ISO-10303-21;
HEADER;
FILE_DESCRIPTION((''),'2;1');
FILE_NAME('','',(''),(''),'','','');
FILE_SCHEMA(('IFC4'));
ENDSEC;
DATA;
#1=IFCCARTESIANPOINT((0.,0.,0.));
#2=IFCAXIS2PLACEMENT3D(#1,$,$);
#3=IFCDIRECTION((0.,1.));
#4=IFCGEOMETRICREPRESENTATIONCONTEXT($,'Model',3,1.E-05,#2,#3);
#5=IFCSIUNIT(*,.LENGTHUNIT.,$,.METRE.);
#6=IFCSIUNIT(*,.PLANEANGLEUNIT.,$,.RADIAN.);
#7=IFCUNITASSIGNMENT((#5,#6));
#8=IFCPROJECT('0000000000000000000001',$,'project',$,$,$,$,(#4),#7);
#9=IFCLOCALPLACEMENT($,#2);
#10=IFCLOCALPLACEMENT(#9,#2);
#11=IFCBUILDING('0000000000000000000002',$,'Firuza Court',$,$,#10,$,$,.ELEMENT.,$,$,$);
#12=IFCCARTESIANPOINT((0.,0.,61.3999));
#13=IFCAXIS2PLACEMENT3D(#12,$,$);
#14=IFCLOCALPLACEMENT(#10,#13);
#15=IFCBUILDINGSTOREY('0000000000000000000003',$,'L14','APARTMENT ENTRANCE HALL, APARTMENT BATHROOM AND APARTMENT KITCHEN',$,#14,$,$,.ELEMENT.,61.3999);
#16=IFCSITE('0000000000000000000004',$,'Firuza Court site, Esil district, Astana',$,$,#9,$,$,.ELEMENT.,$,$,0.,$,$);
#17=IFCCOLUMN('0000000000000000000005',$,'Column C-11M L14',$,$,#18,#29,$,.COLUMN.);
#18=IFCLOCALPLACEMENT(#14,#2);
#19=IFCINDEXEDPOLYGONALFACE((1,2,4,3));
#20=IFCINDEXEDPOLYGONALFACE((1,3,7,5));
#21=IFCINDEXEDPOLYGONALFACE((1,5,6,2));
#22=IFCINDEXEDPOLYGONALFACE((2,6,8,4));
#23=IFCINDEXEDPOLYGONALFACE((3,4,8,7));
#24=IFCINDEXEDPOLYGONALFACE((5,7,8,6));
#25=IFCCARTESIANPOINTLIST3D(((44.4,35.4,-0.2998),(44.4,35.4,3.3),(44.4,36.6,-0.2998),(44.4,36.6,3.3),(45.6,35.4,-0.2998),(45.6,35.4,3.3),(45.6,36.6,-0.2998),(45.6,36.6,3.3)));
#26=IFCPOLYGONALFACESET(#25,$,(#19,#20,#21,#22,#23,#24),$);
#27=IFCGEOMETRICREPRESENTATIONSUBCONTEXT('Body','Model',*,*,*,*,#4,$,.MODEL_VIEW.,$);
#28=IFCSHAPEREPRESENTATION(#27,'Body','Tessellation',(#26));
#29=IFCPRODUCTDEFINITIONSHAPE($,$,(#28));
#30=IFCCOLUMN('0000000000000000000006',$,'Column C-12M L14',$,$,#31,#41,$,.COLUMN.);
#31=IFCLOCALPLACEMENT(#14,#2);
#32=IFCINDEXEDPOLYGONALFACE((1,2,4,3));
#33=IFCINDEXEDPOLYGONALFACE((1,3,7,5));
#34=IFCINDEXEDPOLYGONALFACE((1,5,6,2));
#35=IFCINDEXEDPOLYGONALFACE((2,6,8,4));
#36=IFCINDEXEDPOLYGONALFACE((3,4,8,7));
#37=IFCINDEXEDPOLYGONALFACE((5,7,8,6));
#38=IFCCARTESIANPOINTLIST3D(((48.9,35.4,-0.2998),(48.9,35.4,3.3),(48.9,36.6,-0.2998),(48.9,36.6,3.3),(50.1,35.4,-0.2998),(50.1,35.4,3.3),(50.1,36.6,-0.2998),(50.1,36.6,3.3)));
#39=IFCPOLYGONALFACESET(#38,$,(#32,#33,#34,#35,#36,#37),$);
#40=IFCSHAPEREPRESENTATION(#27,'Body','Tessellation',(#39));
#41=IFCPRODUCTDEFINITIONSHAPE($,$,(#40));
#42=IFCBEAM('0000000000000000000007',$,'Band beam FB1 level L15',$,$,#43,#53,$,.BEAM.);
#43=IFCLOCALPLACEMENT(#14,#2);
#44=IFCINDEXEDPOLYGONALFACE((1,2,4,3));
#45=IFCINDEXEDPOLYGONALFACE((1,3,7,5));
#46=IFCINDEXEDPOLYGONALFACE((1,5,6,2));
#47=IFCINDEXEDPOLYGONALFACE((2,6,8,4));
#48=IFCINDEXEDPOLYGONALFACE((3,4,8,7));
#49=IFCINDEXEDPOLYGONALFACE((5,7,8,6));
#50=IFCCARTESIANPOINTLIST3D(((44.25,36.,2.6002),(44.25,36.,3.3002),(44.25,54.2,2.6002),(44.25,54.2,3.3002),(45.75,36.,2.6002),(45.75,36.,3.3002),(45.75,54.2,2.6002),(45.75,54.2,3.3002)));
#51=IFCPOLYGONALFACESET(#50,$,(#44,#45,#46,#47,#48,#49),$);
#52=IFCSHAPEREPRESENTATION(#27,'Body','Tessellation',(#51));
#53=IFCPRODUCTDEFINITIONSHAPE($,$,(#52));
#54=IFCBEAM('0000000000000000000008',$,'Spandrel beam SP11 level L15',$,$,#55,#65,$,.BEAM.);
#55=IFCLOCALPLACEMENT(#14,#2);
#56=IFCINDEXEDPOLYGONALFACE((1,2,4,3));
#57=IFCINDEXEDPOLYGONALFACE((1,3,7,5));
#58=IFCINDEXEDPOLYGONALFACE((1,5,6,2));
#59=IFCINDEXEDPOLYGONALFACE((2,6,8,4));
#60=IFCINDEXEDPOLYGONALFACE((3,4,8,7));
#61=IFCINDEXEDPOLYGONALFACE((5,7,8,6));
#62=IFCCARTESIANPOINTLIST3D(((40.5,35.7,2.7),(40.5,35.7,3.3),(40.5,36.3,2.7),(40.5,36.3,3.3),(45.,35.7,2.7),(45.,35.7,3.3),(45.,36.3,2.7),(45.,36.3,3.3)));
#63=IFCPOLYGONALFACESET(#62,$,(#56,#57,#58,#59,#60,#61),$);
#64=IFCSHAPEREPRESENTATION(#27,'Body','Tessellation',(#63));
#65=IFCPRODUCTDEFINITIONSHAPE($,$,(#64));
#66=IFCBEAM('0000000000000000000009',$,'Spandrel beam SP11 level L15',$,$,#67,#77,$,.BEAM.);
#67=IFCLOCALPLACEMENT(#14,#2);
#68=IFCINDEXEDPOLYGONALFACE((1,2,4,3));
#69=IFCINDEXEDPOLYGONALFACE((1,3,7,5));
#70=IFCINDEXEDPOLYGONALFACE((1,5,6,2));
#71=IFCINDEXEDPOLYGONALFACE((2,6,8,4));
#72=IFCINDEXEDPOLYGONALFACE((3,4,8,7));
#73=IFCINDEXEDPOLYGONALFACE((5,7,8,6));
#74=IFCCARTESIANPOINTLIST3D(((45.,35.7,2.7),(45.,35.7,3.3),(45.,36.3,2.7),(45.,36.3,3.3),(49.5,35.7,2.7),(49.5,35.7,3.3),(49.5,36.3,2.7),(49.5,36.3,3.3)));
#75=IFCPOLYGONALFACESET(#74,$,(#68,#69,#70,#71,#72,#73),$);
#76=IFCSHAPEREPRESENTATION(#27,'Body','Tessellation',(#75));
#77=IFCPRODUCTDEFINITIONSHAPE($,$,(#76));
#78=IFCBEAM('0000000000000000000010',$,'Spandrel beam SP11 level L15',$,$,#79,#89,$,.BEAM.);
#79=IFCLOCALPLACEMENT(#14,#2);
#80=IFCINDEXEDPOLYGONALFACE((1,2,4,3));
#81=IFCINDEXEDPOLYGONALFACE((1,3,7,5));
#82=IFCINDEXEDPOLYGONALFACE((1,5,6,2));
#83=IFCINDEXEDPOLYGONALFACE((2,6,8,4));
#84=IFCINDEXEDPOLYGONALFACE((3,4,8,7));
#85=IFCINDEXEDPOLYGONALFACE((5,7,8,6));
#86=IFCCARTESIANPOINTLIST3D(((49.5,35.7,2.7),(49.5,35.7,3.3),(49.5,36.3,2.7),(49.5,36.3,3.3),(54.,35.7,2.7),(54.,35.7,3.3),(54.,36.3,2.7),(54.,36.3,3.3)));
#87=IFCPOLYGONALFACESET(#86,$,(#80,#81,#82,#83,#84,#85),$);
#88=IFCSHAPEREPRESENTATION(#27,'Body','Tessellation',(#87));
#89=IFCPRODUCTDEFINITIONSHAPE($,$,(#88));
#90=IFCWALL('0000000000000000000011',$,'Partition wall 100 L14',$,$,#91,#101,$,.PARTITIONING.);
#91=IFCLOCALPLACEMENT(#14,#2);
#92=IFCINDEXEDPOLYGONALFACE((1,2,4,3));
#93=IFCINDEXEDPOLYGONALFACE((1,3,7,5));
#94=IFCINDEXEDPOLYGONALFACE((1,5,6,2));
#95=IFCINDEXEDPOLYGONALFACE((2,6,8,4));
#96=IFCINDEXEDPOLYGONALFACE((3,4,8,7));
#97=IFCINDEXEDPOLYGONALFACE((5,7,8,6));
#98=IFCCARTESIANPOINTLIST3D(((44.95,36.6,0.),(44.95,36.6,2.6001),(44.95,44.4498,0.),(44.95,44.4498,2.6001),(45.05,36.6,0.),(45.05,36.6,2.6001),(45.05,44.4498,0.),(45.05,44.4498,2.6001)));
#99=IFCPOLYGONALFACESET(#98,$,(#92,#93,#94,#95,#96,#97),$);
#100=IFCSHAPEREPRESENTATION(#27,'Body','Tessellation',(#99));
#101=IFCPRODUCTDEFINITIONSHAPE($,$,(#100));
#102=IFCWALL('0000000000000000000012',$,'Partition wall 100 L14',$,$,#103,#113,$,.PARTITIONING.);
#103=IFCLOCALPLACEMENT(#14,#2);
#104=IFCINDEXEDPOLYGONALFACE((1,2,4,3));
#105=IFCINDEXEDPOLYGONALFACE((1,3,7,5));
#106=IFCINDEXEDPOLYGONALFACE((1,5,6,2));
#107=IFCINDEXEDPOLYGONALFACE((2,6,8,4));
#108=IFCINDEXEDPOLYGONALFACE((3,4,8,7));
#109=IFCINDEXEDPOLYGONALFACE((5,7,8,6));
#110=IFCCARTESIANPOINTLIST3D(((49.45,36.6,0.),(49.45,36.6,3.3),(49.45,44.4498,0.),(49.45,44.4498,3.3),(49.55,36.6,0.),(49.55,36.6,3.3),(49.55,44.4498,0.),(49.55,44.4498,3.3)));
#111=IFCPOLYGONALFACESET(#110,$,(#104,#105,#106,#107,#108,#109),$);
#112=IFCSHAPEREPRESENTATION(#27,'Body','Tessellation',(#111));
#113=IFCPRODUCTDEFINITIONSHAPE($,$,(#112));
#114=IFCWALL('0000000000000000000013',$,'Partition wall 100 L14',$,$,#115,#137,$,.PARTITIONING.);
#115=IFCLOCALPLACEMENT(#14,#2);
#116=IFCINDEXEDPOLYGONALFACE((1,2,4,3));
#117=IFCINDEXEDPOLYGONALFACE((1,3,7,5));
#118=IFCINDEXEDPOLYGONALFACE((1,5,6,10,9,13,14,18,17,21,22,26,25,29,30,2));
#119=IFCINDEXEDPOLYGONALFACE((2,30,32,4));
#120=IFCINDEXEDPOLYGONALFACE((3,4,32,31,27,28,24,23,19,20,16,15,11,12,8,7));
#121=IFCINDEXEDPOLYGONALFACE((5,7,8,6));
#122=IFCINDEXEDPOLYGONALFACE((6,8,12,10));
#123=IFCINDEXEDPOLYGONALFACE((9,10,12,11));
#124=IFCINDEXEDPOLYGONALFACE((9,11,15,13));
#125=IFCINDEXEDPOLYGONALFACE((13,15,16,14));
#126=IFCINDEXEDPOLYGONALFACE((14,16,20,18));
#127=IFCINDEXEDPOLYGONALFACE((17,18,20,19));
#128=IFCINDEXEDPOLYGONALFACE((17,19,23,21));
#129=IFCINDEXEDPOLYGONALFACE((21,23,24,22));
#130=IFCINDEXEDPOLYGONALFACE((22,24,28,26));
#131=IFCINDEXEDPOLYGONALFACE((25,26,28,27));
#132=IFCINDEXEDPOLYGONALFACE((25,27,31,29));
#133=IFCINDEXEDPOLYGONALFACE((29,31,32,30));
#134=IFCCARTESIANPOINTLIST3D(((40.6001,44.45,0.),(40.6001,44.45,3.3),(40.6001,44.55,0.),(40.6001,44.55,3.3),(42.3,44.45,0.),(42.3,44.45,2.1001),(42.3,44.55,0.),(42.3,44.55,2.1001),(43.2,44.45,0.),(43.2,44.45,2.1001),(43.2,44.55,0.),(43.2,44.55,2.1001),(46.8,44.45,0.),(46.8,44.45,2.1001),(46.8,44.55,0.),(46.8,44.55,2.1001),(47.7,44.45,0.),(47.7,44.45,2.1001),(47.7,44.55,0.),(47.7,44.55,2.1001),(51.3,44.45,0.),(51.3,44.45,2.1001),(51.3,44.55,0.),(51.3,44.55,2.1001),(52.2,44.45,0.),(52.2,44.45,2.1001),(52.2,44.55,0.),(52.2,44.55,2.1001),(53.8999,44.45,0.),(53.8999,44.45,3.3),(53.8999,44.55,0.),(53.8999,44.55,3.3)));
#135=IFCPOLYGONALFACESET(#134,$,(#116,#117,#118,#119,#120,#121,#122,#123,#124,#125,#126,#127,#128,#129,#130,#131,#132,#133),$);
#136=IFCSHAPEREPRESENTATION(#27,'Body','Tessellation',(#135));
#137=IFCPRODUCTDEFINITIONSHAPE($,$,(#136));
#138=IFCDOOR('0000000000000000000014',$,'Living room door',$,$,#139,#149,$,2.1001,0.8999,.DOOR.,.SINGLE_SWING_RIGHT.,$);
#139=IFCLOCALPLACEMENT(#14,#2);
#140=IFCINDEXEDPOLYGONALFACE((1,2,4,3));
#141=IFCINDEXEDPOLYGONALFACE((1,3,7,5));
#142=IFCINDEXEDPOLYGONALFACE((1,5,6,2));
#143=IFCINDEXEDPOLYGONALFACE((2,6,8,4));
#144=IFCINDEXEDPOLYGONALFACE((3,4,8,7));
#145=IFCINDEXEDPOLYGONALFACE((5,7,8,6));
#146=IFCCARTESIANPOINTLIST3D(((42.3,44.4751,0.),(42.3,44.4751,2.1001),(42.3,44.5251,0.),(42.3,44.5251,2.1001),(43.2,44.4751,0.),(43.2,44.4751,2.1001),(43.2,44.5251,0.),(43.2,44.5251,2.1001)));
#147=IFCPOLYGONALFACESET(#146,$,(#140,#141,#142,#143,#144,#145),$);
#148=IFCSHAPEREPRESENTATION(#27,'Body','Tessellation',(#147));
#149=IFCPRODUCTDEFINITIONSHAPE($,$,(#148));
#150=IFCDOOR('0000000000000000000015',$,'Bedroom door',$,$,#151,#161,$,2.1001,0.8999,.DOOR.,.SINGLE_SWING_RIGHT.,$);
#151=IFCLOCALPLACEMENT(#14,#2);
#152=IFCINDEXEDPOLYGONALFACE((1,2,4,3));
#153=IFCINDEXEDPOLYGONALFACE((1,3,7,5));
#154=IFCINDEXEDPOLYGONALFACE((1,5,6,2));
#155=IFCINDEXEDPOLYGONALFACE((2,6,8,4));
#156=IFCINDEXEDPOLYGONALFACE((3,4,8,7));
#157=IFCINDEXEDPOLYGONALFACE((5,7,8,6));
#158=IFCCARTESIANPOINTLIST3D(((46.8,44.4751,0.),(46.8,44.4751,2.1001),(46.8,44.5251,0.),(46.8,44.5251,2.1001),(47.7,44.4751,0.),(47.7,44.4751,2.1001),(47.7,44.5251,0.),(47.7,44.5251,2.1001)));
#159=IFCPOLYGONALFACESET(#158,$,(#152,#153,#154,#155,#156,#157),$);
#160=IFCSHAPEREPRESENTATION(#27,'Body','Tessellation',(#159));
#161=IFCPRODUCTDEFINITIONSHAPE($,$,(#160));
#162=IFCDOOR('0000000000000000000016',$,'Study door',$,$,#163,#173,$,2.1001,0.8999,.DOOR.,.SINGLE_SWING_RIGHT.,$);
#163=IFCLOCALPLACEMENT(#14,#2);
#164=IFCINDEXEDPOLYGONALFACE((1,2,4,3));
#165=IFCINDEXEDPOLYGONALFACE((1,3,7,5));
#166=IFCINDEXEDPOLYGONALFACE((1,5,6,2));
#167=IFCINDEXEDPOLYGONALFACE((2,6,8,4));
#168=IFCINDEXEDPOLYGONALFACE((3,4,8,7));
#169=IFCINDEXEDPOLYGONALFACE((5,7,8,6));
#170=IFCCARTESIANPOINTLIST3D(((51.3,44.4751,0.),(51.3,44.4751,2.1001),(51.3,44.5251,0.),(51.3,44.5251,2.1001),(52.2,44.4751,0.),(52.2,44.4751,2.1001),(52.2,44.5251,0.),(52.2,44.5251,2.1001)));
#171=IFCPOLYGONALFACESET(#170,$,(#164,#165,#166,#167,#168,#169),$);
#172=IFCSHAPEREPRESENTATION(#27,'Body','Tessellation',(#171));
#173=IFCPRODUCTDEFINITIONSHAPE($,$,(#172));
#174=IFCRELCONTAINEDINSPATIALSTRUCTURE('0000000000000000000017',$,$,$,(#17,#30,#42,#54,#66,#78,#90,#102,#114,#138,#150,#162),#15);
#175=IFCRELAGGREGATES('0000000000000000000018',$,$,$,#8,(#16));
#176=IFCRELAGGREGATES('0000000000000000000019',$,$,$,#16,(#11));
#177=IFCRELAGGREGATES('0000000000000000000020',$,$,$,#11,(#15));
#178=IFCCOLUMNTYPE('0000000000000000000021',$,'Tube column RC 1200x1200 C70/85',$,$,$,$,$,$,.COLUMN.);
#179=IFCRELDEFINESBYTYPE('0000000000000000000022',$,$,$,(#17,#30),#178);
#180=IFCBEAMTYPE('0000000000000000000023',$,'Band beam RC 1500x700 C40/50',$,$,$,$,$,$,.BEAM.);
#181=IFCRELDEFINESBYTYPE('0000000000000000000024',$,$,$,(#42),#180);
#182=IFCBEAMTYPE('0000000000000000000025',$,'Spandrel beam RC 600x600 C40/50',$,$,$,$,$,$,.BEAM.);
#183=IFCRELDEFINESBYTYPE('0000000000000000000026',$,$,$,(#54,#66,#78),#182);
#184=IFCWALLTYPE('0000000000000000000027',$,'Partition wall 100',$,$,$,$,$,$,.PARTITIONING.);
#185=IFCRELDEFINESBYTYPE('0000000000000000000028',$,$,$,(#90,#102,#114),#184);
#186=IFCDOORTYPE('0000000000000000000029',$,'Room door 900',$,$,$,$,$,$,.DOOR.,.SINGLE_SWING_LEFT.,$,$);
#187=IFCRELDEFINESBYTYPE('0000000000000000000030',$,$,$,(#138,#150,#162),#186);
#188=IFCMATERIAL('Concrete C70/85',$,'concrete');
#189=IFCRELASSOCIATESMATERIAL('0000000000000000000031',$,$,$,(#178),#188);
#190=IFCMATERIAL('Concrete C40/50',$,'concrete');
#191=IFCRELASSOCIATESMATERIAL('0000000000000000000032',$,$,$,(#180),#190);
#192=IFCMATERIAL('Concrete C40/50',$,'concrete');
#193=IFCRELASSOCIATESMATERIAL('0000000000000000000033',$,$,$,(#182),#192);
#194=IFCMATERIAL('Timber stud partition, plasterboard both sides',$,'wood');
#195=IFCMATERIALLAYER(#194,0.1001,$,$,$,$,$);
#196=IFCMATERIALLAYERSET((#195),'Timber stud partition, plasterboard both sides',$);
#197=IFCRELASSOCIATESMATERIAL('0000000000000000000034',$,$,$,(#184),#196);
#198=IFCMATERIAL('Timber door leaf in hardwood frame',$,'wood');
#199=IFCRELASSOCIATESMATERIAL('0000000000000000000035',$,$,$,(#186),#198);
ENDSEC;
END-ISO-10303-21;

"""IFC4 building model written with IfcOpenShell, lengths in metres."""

from ifc_helpers import new_model, si_unit, direction, frame, frame_2d, origin, origin_2d, place, context, subcontext, project, spatial, rectangle, extrude, material, layer, layer_set, material_profile, profile_set, type_object, element, fill, save


model = new_model("IFC4")

# Units and contexts
model_context = context("Model", 3, precision=1e-05, world=origin(), true_north=direction((0.0, 1.0)))
body_context = subcontext(model_context, "Body", "Model", "MODEL_VIEW")
ifc_project = project(units=[si_unit("LENGTHUNIT", "METRE"), si_unit("PLANEANGLEUNIT", "RADIAN")], contexts=[model_context])

# Site, building, storey
site_placement = place(None, origin())
site = spatial("IfcSite", under=ifc_project, at=site_placement, Name="Firuza Court site, Esil district, Astana", CompositionType="ELEMENT", RefElevation=0.0)
building_placement = place(site_placement, origin())
building = spatial("IfcBuilding", under=site, at=building_placement, Name="Firuza Court", CompositionType="ELEMENT")
storey_placement = place(building_placement, frame((0.0, 0.0, 61.3999)))
storey = spatial("IfcBuildingStorey", under=building, at=storey_placement, Name="L14", Description="APARTMENT ENTRANCE HALL, APARTMENT BATHROOM AND APARTMENT KITCHEN", CompositionType="ELEMENT", Elevation=61.3999)

# Columns
ifc_material_1 = material(Name="Concrete C70/85", Category="concrete")
ifc_material_profile_1 = material_profile(ifc_material_1, rectangle(XDim=1.2, YDim=1.2, at=origin_2d()), Name="RC 1200x1200")
ifc_profile_set_1 = profile_set([ifc_material_profile_1], Name="Concrete C70/85")
column_type = type_object("IfcColumnType", Name="Tube column RC 1200x1200 C70/85", PredefinedType="COLUMN", material=ifc_profile_set_1)
for number, where, z_axis, x_axis, name in (
    (1, (45.0, 36.0, -0.2998), (0.0, 0.0, 1.0), (1.0, 0.0, 0.0), "Column C-11M L14"),
    (2, (49.5, 36.0, -0.2998), (0.0, 0.0, 1.0), (1.0, 0.0, 0.0), "Column C-12M L14"),
):
    element("IfcColumn", number, at=place(storey_placement, frame(where, z_axis=z_axis, x_axis=x_axis)), inside=storey, type_object=column_type, Name=name, PredefinedType="COLUMN", context=body_context, shape_type="SweptSolid", body=[
        extrude(rectangle(XDim=1.2, YDim=1.2, at=origin_2d()), origin(), (0.0, 0.0, 1.0), 3.5999),
    ])

# Beams
ifc_material_2 = material(Name="Concrete C40/50", Category="concrete")
ifc_material_profile_2 = material_profile(ifc_material_2, rectangle(XDim=1.5, YDim=0.7, at=origin_2d()), Name="RC 1500x700")
ifc_profile_set_2 = profile_set([ifc_material_profile_2], Name="Concrete C40/50")
beam_type_1 = type_object("IfcBeamType", Name="Band beam RC 1500x700 C40/50", PredefinedType="BEAM", material=ifc_profile_set_2)
beam_placement = place(storey_placement, frame((45.0, 36.0, 2.9502), z_axis=(0.0, 1.0, 0.0), x_axis=(-1.0, 0.0, 0.0)))
element("IfcBeam", 3, at=beam_placement, inside=storey, type_object=beam_type_1, Name="Band beam FB1 level L15", PredefinedType="BEAM", context=body_context, shape_type="SweptSolid", body=[
    extrude(rectangle(XDim=1.5, YDim=0.7, at=origin_2d()), origin(), (0.0, 0.0, 1.0), 18.2),
])
ifc_material_3 = material(Name="Concrete C40/50", Category="concrete")
ifc_material_profile_3 = material_profile(ifc_material_3, rectangle(XDim=0.6001, YDim=0.6001, at=origin_2d()), Name="RC 600x600")
ifc_profile_set_3 = profile_set([ifc_material_profile_3], Name="Concrete C40/50")
beam_type_2 = type_object("IfcBeamType", Name="Spandrel beam RC 600x600 C40/50", PredefinedType="BEAM", material=ifc_profile_set_3)
for number, where, z_axis, x_axis, name in (
    (4, (40.5, 36.0, 3.0), (1.0, 0.0, 0.0), (0.0, 1.0, 0.0), "Spandrel beam SP11 level L15"),
    (5, (45.0, 36.0, 3.0), (1.0, 0.0, 0.0), (0.0, 1.0, 0.0), "Spandrel beam SP11 level L15"),
    (6, (49.5, 36.0, 3.0), (1.0, 0.0, 0.0), (0.0, 1.0, 0.0), "Spandrel beam SP11 level L15"),
):
    element("IfcBeam", number, at=place(storey_placement, frame(where, z_axis=z_axis, x_axis=x_axis)), inside=storey, type_object=beam_type_2, Name=name, PredefinedType="BEAM", context=body_context, shape_type="SweptSolid", body=[
        extrude(rectangle(XDim=0.6001, YDim=0.6001, at=origin_2d()), origin(), (0.0, 0.0, 1.0), 4.5),
    ])

# Walls
ifc_material_4 = material(Name="Timber stud partition, plasterboard both sides", Category="wood")
ifc_layer_1 = layer(ifc_material_4, 0.1001)
ifc_layer_set_1 = layer_set([ifc_layer_1], Name="Timber stud partition, plasterboard both sides")
wall_type_1 = type_object("IfcWallType", Name="Partition wall 100", PredefinedType="PARTITIONING", material=ifc_layer_set_1)
wall_1_placement = place(storey_placement, frame((45.0, 36.6001, 0.0), z_axis=(0.0, 0.0, 1.0), x_axis=(0.0, 1.0, 0.0)))
element("IfcWall", 7, at=wall_1_placement, inside=storey, type_object=wall_type_1, Name="Partition wall 100 L14", PredefinedType="PARTITIONING", context=body_context, shape_type="SweptSolid", body=[
    extrude(rectangle(XDim=7.8499, YDim=0.1001, at=frame_2d((3.9248, 0.0))), origin(), (0.0, 0.0, 1.0), 2.6001),
])
wall_2_placement = place(storey_placement, frame((49.5, 36.6001, 0.0), z_axis=(0.0, 0.0, 1.0), x_axis=(0.0, 1.0, 0.0)))
element("IfcWall", 8, at=wall_2_placement, inside=storey, type_object=wall_type_1, Name="Partition wall 100 L14", PredefinedType="PARTITIONING", context=body_context, shape_type="SweptSolid", body=[
    extrude(rectangle(XDim=7.8499, YDim=0.1001, at=frame_2d((3.9248, 0.0))), origin(), (0.0, 0.0, 1.0), 3.3),
])

# Wall, openings, doors
wall_3_placement = place(storey_placement, frame((40.6001, 44.5, 0.0), z_axis=(0.0, 0.0, 1.0), x_axis=(1.0, 0.0, 0.0)))
wall_3 = element("IfcWall", 9, at=wall_3_placement, inside=storey, type_object=wall_type_1, Name="Partition wall 100 L14", PredefinedType="PARTITIONING", context=body_context, shape_type="SweptSolid", body=[
    extrude(rectangle(XDim=13.2998, YDim=0.1001, at=frame_2d((6.6499, 0.0))), origin(), (0.0, 0.0, 1.0), 3.3),
])
opening_1_placement = place(wall_3_placement, frame((1.7, 0.0, 0.0)))
opening_1 = element("IfcOpeningElement", 10, at=opening_1_placement, cuts=wall_3, PredefinedType="OPENING", context=body_context, shape_type="SweptSolid", body=[
    extrude(rectangle(XDim=0.8999, YDim=2.1001, at=frame_2d((0.45, 1.05))), frame((0.0, 0.062, 0.0), z_axis=(0.0, -1.0, 0.0), x_axis=(1.0, 0.0, 0.0)), (0.0, 0.0, 1.0), 0.124),
])
opening_2_placement = place(wall_3_placement, frame((6.2, 0.0, 0.0)))
opening_2 = element("IfcOpeningElement", 11, at=opening_2_placement, cuts=wall_3, PredefinedType="OPENING", context=body_context, shape_type="SweptSolid", body=[
    extrude(rectangle(XDim=0.8999, YDim=2.1001, at=frame_2d((0.45, 1.05))), frame((0.0, 0.062, 0.0), z_axis=(0.0, -1.0, 0.0), x_axis=(1.0, 0.0, 0.0)), (0.0, 0.0, 1.0), 0.124),
])
opening_3_placement = place(wall_3_placement, frame((10.7, 0.0, 0.0)))
opening_3 = element("IfcOpeningElement", 12, at=opening_3_placement, cuts=wall_3, PredefinedType="OPENING", context=body_context, shape_type="SweptSolid", body=[
    extrude(rectangle(XDim=0.8999, YDim=2.1001, at=frame_2d((0.45, 1.05))), frame((0.0, 0.062, 0.0), z_axis=(0.0, -1.0, 0.0), x_axis=(1.0, 0.0, 0.0)), (0.0, 0.0, 1.0), 0.124),
])
ifc_material_5 = material(Name="Timber door leaf in hardwood frame", Category="wood")
door_type = type_object("IfcDoorType", Name="Room door 900", OperationType="SINGLE_SWING_LEFT", PredefinedType="DOOR", material=ifc_material_5)
door_1_placement = place(opening_1_placement, frame((0.8999, 0.0, 0.0), z_axis=(0.0, 0.0, 1.0), x_axis=(-1.0, 0.0, 0.0)))
door_1 = element("IfcDoor", 13, at=door_1_placement, inside=storey, type_object=door_type, Name="Living room door", OperationType="SINGLE_SWING_RIGHT", OverallHeight=2.1001, OverallWidth=0.8999, PredefinedType="DOOR", context=body_context, shape_type="SweptSolid", body=[
    extrude(rectangle(XDim=0.8999, YDim=2.1001, at=frame_2d((0.45, 1.05))), frame((0.0, 0.0249, 0.0), z_axis=(0.0, -1.0, 0.0), x_axis=(1.0, 0.0, 0.0)), (0.0, 0.0, 1.0), 0.05),
])
fill(opening_1, door_1)
door_2_placement = place(opening_2_placement, frame((0.8999, 0.0, 0.0), z_axis=(0.0, 0.0, 1.0), x_axis=(-1.0, 0.0, 0.0)))
door_2 = element("IfcDoor", 14, at=door_2_placement, inside=storey, type_object=door_type, Name="Bedroom door", OperationType="SINGLE_SWING_RIGHT", OverallHeight=2.1001, OverallWidth=0.8999, PredefinedType="DOOR", context=body_context, shape_type="SweptSolid", body=[
    extrude(rectangle(XDim=0.8999, YDim=2.1001, at=frame_2d((0.45, 1.05))), frame((0.0, 0.0249, 0.0), z_axis=(0.0, -1.0, 0.0), x_axis=(1.0, 0.0, 0.0)), (0.0, 0.0, 1.0), 0.05),
])
fill(opening_2, door_2)
door_3_placement = place(opening_3_placement, frame((0.8999, 0.0, 0.0), z_axis=(0.0, 0.0, 1.0), x_axis=(-1.0, 0.0, 0.0)))
door_3 = element("IfcDoor", 15, at=door_3_placement, inside=storey, type_object=door_type, Name="Study door", OperationType="SINGLE_SWING_RIGHT", OverallHeight=2.1001, OverallWidth=0.8999, PredefinedType="DOOR", context=body_context, shape_type="SweptSolid", body=[
    extrude(rectangle(XDim=0.8999, YDim=2.1001, at=frame_2d((0.45, 1.05))), frame((0.0, 0.0249, 0.0), z_axis=(0.0, -1.0, 0.0), x_axis=(1.0, 0.0, 0.0)), (0.0, 0.0, 1.0), 0.05),
])
fill(opening_3, door_3)

save(model, "model.ifc")
